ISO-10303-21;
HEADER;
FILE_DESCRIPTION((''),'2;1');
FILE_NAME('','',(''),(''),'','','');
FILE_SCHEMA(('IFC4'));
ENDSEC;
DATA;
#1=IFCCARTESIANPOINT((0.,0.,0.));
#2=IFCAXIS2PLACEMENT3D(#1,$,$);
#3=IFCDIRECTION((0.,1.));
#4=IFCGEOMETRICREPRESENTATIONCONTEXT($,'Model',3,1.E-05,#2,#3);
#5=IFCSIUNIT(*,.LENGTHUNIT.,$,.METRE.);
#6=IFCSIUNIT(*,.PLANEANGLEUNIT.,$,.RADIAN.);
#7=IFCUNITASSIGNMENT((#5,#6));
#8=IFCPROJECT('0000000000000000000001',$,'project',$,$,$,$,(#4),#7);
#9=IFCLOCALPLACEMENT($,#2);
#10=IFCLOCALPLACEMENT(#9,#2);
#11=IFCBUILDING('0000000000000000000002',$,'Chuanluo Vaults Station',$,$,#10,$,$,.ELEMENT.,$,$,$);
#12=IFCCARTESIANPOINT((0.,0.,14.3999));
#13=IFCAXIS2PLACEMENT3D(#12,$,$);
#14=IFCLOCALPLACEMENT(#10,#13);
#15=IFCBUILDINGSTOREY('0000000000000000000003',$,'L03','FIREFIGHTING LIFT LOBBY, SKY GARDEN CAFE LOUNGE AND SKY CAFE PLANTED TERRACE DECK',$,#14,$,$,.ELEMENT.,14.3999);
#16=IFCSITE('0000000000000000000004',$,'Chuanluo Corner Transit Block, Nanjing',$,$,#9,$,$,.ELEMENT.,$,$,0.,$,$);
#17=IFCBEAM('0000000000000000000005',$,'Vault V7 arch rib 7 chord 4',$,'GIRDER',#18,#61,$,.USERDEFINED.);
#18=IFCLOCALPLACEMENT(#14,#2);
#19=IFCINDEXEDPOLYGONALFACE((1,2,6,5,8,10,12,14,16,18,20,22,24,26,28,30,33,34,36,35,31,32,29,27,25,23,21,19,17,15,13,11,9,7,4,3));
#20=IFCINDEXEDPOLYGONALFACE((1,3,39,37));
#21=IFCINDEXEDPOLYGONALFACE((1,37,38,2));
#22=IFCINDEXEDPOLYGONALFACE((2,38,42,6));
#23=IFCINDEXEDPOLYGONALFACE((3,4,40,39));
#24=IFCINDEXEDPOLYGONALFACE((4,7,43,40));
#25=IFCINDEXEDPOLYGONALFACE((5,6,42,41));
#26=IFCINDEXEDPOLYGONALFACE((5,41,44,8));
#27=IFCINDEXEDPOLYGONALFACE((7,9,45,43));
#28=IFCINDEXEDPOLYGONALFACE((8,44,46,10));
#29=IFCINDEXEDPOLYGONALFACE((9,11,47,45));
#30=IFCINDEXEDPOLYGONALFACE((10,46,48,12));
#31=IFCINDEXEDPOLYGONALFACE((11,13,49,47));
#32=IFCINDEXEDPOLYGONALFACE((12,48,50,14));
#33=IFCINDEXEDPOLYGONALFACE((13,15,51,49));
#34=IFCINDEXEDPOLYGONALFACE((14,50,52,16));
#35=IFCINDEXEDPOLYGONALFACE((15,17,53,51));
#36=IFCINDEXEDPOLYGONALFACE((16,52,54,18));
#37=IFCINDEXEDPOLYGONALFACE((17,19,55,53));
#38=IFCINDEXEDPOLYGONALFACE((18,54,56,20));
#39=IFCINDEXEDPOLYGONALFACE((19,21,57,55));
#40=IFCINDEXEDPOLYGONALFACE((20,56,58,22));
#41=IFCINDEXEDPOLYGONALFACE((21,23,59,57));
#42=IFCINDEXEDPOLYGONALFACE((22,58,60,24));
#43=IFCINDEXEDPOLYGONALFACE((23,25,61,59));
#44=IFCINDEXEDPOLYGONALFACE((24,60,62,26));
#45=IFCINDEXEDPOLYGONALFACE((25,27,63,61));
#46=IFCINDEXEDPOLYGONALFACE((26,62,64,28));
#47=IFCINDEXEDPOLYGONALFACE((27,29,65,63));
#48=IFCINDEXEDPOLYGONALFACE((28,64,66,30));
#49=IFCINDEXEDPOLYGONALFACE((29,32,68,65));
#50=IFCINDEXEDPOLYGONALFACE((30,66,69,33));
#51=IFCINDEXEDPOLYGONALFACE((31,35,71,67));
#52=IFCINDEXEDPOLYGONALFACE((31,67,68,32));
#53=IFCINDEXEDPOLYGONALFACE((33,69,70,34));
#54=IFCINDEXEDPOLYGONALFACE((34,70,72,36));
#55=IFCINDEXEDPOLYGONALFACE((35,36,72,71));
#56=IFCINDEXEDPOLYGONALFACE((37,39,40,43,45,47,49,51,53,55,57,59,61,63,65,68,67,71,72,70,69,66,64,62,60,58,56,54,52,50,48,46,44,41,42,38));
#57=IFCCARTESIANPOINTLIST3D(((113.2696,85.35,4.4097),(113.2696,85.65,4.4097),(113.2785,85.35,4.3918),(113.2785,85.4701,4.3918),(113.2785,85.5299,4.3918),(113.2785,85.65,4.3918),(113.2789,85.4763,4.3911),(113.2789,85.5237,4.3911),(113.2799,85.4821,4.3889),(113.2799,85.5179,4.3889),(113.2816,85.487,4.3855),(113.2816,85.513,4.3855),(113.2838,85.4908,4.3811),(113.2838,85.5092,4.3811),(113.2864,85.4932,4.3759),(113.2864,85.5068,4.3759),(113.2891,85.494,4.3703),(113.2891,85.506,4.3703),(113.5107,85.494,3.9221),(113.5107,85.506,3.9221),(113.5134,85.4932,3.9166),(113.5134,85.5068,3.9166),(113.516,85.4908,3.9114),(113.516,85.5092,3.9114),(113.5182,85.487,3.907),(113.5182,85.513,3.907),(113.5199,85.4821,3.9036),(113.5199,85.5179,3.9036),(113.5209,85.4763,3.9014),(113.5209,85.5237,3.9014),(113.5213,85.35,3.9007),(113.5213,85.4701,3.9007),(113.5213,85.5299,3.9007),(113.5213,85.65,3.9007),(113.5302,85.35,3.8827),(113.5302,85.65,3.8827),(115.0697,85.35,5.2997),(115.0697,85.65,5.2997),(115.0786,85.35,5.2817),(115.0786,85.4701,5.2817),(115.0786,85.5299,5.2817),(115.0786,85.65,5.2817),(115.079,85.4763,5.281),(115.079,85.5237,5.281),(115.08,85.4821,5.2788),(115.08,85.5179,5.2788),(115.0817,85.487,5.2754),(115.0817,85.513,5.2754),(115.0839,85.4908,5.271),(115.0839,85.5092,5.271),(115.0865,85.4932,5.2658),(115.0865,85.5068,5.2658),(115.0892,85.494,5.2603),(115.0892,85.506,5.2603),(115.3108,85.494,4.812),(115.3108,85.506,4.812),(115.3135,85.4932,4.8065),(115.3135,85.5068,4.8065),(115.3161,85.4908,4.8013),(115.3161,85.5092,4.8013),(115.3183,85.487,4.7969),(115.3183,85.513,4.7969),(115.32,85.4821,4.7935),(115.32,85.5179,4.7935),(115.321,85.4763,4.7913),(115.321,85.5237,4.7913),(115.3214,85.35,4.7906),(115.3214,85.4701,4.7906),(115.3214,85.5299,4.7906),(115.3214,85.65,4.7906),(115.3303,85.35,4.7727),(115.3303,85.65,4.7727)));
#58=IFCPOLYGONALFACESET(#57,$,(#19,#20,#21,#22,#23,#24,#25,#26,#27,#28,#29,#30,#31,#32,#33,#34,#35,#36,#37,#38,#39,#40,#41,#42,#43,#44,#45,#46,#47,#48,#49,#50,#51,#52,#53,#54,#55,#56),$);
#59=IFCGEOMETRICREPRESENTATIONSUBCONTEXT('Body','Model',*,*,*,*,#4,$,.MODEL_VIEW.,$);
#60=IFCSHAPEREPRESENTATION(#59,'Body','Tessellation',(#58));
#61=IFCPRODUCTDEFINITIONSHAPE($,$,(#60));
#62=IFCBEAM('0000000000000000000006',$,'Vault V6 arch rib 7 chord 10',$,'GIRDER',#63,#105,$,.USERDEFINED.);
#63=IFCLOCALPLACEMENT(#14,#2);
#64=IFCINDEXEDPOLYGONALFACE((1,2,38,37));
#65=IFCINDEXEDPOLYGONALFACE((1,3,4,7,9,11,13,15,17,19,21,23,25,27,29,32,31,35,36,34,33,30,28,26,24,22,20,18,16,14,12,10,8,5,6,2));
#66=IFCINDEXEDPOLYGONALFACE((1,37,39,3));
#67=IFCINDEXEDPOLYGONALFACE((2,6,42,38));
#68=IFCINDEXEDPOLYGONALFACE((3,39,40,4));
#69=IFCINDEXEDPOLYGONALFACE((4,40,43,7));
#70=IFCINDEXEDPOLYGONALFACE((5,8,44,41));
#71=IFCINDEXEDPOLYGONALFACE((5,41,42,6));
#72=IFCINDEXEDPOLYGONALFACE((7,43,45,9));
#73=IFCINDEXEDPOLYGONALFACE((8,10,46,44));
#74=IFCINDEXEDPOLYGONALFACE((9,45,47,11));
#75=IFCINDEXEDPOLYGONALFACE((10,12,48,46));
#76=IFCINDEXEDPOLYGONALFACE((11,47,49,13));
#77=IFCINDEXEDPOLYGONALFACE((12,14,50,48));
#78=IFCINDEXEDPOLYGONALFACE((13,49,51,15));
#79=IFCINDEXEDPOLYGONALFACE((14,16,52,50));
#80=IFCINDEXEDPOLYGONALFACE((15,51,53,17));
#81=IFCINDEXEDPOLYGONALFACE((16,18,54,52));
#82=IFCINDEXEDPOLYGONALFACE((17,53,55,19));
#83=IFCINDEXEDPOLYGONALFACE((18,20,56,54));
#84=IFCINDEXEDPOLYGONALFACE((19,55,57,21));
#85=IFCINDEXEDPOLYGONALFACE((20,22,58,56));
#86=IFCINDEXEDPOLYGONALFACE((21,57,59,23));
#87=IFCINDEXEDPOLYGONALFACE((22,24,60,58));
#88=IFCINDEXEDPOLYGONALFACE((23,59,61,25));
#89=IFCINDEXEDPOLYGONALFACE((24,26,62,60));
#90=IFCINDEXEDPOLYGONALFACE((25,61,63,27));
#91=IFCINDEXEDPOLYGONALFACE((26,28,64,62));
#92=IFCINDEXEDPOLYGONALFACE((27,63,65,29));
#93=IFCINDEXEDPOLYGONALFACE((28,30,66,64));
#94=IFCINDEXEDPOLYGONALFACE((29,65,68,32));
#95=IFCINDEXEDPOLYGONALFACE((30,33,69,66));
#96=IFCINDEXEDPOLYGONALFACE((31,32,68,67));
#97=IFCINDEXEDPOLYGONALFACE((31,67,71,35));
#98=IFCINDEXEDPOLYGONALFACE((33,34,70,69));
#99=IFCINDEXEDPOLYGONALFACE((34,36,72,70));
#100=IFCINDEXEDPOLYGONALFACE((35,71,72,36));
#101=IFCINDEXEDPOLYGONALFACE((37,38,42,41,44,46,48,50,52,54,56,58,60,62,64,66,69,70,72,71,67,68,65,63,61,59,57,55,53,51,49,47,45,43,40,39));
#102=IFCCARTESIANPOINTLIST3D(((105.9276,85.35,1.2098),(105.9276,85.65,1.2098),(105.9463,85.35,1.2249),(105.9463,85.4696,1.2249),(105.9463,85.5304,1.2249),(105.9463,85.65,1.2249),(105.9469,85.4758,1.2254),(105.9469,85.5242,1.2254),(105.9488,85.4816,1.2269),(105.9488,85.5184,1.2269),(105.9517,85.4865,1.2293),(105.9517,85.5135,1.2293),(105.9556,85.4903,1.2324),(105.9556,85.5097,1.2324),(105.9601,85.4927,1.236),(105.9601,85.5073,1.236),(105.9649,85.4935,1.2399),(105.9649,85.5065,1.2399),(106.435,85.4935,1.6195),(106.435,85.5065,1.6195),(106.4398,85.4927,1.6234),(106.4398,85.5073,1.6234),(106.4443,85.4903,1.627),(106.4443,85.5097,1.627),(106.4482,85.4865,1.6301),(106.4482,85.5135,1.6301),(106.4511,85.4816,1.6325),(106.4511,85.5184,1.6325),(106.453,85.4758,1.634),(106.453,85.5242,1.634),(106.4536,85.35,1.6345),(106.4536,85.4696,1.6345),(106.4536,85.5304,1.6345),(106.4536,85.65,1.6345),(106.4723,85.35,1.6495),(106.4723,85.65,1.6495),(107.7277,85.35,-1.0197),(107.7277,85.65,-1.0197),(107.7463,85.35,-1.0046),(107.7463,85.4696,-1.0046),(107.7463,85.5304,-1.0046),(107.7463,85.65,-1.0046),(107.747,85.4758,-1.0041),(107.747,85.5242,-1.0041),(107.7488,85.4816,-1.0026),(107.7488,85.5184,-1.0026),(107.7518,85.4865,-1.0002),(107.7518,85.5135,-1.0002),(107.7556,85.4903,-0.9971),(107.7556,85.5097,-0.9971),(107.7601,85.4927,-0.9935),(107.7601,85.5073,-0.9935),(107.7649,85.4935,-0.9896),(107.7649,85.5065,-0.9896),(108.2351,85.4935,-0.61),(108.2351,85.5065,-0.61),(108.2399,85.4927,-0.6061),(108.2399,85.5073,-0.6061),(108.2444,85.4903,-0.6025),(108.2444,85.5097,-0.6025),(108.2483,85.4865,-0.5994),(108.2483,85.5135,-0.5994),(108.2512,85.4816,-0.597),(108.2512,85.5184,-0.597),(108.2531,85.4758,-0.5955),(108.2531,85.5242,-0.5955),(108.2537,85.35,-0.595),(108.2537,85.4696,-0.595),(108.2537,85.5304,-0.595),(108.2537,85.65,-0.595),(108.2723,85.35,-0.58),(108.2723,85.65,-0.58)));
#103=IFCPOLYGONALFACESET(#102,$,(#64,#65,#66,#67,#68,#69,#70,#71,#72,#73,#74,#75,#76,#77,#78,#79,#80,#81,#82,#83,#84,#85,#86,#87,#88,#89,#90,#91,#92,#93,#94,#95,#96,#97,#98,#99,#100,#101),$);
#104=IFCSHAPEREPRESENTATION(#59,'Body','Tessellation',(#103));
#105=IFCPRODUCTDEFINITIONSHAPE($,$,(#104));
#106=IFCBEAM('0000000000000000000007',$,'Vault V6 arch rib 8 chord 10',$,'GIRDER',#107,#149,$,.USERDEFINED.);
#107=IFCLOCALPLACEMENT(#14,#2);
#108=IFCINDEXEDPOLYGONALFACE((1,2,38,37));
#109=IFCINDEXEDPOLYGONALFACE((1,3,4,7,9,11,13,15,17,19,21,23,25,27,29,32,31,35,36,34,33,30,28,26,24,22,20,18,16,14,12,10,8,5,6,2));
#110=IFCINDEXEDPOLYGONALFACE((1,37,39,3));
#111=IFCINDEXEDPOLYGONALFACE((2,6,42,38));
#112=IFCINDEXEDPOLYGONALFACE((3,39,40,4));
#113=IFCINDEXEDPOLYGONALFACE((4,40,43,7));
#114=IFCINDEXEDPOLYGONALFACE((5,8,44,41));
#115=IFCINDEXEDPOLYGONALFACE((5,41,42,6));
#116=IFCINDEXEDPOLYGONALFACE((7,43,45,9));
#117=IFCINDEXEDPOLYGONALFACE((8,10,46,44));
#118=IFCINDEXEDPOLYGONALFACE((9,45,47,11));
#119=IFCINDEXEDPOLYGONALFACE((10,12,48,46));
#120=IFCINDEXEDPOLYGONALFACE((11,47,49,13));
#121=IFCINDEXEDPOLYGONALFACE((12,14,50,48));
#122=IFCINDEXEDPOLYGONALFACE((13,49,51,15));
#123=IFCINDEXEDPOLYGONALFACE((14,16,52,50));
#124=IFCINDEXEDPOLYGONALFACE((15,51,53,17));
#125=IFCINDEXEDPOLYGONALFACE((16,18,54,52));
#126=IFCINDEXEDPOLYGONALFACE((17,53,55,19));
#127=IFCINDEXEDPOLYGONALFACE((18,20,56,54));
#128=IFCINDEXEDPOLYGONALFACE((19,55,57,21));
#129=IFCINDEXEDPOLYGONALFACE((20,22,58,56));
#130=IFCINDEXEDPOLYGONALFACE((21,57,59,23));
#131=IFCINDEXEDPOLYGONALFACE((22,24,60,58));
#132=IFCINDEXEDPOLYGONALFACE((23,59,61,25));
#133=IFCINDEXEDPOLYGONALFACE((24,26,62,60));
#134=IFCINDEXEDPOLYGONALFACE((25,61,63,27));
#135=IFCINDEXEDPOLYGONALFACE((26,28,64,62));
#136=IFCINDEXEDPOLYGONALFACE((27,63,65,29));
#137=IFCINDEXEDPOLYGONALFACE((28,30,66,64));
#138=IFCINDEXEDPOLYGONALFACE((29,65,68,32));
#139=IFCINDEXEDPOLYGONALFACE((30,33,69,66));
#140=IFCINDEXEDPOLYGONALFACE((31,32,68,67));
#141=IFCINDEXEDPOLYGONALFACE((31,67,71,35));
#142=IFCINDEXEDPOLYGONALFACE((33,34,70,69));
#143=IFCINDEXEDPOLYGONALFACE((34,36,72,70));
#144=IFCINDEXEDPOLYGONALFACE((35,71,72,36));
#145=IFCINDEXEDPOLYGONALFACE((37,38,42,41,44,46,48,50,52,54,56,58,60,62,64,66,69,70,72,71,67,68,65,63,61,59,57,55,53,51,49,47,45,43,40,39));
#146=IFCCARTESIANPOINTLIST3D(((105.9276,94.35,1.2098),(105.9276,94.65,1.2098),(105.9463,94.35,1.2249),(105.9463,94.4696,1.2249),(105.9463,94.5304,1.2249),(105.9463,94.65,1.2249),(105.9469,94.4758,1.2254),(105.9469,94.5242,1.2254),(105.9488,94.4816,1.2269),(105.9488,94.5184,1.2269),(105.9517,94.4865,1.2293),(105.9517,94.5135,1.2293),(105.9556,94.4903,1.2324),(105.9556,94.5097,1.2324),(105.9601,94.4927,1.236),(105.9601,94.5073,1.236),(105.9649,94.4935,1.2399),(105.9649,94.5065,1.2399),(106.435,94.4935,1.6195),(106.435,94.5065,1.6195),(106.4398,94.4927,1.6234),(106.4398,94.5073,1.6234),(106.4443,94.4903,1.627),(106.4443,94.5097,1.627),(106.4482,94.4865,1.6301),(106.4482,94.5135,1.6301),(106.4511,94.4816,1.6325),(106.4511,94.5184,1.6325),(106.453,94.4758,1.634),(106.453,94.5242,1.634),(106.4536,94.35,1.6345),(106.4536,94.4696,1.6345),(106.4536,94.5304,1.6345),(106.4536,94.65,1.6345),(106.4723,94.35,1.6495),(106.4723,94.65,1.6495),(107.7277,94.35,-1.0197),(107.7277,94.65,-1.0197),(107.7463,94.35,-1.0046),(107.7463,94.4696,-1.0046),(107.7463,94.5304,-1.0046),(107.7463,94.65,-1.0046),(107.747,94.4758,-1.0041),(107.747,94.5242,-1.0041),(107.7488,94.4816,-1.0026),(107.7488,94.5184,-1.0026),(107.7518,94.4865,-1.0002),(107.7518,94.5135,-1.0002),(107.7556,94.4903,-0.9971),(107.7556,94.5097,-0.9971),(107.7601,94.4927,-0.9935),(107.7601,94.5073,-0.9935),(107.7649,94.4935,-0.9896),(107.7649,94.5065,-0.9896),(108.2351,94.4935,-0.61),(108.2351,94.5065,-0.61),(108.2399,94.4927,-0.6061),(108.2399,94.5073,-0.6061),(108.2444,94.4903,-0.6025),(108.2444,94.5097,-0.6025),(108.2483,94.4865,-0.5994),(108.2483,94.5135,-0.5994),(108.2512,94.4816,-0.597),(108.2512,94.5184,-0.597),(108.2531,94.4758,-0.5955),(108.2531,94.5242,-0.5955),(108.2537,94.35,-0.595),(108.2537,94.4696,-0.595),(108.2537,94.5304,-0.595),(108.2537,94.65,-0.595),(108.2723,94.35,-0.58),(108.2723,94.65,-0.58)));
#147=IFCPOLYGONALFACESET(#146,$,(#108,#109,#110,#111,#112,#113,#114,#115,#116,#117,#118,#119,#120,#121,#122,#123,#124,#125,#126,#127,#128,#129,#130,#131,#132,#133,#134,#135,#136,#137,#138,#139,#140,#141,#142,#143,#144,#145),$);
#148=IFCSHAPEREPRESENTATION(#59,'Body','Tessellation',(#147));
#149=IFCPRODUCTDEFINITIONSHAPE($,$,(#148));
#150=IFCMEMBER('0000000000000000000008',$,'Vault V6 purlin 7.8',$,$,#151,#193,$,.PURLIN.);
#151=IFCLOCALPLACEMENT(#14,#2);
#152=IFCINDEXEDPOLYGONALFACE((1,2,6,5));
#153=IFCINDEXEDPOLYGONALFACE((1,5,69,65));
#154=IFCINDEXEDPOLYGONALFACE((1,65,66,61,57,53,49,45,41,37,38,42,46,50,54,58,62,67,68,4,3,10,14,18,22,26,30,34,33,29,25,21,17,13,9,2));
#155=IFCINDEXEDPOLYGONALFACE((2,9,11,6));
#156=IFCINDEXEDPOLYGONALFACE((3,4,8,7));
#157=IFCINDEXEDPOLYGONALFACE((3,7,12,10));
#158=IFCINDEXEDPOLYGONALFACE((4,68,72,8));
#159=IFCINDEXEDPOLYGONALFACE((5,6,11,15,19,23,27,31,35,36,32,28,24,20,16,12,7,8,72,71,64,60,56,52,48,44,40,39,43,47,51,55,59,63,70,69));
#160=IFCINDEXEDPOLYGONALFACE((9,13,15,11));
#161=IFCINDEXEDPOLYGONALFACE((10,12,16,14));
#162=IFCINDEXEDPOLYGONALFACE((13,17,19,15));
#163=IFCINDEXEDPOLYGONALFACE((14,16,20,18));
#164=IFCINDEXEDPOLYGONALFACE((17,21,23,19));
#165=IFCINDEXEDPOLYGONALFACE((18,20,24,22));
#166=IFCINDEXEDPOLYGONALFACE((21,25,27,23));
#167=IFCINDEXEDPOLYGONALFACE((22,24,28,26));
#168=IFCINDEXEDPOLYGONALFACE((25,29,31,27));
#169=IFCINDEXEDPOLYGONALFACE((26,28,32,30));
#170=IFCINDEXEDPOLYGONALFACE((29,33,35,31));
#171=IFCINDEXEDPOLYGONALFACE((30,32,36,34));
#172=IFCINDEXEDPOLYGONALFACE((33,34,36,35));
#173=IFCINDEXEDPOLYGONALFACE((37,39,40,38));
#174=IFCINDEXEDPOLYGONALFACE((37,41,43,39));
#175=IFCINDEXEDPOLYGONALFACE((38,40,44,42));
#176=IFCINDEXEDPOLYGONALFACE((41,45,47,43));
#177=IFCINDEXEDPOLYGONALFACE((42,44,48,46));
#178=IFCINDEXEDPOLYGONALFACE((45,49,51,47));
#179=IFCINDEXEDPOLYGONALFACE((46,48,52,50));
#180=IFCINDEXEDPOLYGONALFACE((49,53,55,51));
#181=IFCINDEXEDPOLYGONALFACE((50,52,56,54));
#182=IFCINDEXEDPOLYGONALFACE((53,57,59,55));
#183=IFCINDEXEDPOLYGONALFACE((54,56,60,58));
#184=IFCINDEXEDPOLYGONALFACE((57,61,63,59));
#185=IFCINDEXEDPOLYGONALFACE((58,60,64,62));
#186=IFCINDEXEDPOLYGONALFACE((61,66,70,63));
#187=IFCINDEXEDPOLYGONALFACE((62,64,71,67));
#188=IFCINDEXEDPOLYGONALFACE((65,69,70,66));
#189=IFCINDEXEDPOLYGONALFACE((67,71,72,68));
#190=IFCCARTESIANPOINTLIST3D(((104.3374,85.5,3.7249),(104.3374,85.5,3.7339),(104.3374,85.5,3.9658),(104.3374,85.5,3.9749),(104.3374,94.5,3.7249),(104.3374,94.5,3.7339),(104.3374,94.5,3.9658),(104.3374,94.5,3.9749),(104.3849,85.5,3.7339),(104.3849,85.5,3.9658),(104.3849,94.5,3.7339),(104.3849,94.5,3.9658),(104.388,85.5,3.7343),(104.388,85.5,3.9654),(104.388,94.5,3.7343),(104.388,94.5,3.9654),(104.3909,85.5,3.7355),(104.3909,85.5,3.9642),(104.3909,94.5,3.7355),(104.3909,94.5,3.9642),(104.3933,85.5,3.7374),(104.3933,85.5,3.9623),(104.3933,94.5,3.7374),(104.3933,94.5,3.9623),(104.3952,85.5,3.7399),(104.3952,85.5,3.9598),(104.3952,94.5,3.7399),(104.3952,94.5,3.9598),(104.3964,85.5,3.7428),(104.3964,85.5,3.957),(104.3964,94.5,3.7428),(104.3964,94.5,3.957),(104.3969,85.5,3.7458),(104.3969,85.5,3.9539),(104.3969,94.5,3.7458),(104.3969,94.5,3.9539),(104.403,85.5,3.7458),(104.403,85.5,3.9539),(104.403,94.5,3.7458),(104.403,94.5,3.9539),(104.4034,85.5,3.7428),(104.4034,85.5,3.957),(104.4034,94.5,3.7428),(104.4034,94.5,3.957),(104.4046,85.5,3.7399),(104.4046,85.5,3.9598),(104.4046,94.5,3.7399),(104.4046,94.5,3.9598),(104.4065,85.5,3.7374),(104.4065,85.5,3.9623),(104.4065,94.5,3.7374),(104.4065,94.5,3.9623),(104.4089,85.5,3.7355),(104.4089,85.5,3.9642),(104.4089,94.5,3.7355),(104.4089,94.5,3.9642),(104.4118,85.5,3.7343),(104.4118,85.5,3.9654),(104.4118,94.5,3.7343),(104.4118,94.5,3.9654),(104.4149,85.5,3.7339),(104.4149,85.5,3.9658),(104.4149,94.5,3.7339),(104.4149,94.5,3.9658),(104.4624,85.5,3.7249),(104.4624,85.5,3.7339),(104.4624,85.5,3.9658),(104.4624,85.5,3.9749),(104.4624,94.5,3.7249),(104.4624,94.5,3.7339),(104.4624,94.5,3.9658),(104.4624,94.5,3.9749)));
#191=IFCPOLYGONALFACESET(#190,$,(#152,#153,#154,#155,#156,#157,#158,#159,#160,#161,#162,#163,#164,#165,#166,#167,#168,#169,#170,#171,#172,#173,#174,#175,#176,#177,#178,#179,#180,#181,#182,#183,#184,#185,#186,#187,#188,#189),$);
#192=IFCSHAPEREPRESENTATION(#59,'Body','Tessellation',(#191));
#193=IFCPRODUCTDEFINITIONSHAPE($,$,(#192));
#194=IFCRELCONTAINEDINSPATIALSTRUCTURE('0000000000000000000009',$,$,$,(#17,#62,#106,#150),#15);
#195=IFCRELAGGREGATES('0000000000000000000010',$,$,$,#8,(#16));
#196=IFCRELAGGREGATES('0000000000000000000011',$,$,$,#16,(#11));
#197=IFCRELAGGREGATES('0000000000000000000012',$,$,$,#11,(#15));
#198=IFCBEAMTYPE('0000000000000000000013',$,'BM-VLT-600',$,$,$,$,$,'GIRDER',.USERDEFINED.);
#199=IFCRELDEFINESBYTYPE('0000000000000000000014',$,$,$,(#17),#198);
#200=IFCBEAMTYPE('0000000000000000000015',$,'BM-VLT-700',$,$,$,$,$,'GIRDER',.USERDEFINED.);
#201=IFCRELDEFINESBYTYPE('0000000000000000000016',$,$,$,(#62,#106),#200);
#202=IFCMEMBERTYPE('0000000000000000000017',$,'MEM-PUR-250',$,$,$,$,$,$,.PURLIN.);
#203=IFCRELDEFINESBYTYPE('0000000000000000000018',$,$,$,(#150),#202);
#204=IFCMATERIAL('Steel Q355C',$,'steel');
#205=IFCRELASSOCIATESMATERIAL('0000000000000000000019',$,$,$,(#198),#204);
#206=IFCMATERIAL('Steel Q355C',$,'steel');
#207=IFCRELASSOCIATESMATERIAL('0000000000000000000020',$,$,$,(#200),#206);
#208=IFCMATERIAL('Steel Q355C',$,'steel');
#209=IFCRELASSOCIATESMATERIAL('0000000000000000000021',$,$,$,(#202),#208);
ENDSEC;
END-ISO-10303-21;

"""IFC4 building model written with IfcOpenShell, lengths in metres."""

from ifc_helpers import new_model, si_unit, direction, frame, origin, origin_2d, place, context, subcontext, project, spatial, i_section, extrude, material, material_profile, profile_set, type_object, element, save


model = new_model("IFC4")

# Units and contexts
model_context = context("Model", 3, precision=1e-05, world=origin(), true_north=direction((0.0, 1.0)))
body_context = subcontext(model_context, "Body", "Model", "MODEL_VIEW")
ifc_project = project(units=[si_unit("LENGTHUNIT", "METRE"), si_unit("PLANEANGLEUNIT", "RADIAN")], contexts=[model_context])

# Site, building, storey
site_placement = place(None, origin())
site = spatial("IfcSite", under=ifc_project, at=site_placement, Name="Chuanluo Corner Transit Block, Nanjing", CompositionType="ELEMENT", RefElevation=0.0)
building_placement = place(site_placement, origin())
building = spatial("IfcBuilding", under=site, at=building_placement, Name="Chuanluo Vaults Station", CompositionType="ELEMENT")
storey_placement = place(building_placement, frame((0.0, 0.0, 14.3999)))
storey = spatial("IfcBuildingStorey", under=building, at=storey_placement, Name="L03", Description="FIREFIGHTING LIFT LOBBY, SKY GARDEN CAFE LOUNGE AND SKY CAFE PLANTED TERRACE DECK", CompositionType="ELEMENT", Elevation=14.3999)

# Beams
ifc_material_1 = material(Name="Steel Q355C", Category="steel")
ifc_material_profile_1 = material_profile(ifc_material_1, i_section(OverallWidth=0.3, OverallDepth=0.5879, WebThickness=0.012, FlangeThickness=0.02, FilletRadius=0.0239, at=origin_2d()))
ifc_profile_set_1 = profile_set([ifc_material_profile_1], Name="Steel Q355C")
beam_type_1 = type_object("IfcBeamType", Name="BM-VLT-600", ElementType="GIRDER", PredefinedType="USERDEFINED", material=ifc_profile_set_1)
beam_1_placement = place(storey_placement, frame((113.3999, 85.5, 4.1462), z_axis=(0.896436, 0.0, 0.443172), x_axis=(0.0, 1.0, 0.0)))
element("IfcBeam", 1, at=beam_1_placement, inside=storey, type_object=beam_type_1, Name="Vault V7 arch rib 7 chord 4", ObjectType="GIRDER", PredefinedType="USERDEFINED", context=body_context, shape_type="SweptSolid", body=[
    extrude(i_section(OverallWidth=0.3, OverallDepth=0.5879, WebThickness=0.012, FlangeThickness=0.02, FilletRadius=0.0239, at=origin_2d()), origin(), (0.0, 0.0, 1.0), 2.0081),
])
ifc_material_2 = material(Name="Steel Q355C", Category="steel")
ifc_material_profile_2 = material_profile(ifc_material_2, i_section(OverallWidth=0.3, OverallDepth=0.7, WebThickness=0.0129, FlangeThickness=0.0239, FilletRadius=0.0239, at=origin_2d()))
ifc_profile_set_2 = profile_set([ifc_material_profile_2], Name="Steel Q355C")
beam_type_2 = type_object("IfcBeamType", Name="BM-VLT-700", ElementType="GIRDER", PredefinedType="USERDEFINED", material=ifc_profile_set_2)
for number, where, z_axis, x_axis, name in (
    (2, (106.2, 85.5, 1.4297), (0.62819, 0.0, -0.77806), (0.0, 1.0, 0.0), "Vault V6 arch rib 7 chord 10"),
    (3, (106.2, 94.5, 1.4297), (0.62819, 0.0, -0.77806), (0.0, 1.0, 0.0), "Vault V6 arch rib 8 chord 10"),
):
    element("IfcBeam", number, at=place(storey_placement, frame(where, z_axis=z_axis, x_axis=x_axis)), inside=storey, type_object=beam_type_2, Name=name, ObjectType="GIRDER", PredefinedType="USERDEFINED", context=body_context, shape_type="SweptSolid", body=[
        extrude(i_section(OverallWidth=0.3, OverallDepth=0.7, WebThickness=0.0129, FlangeThickness=0.0239, FilletRadius=0.0239, at=origin_2d()), origin(), (0.0, 0.0, 1.0), 2.8655),
    ])

# Member
ifc_material_3 = material(Name="Steel Q355C", Category="steel")
ifc_material_profile_3 = material_profile(ifc_material_3, i_section(OverallWidth=0.125, OverallDepth=0.25, WebThickness=0.0061, FlangeThickness=0.009, FilletRadius=0.012, at=origin_2d()))
ifc_profile_set_3 = profile_set([ifc_material_profile_3], Name="Steel Q355C")
member_type_1 = type_object("IfcMemberType", Name="MEM-PUR-250", PredefinedType="PURLIN", material=ifc_profile_set_3)
for number, where, z_axis, x_axis, name in (
    (4, (104.3999, 85.5, 3.8499), (0.0, 1.0, 0.0), (-1.0, 0.0, 0.0), "Vault V6 purlin 7.8"),
):
    element("IfcMember", number, at=place(storey_placement, frame(where, z_axis=z_axis, x_axis=x_axis)), inside=storey, type_object=member_type_1, Name=name, PredefinedType="PURLIN", context=body_context, shape_type="SweptSolid", body=[
        extrude(i_section(OverallWidth=0.125, OverallDepth=0.25, WebThickness=0.0061, FlangeThickness=0.009, FilletRadius=0.012, at=origin_2d()), origin(), (0.0, 0.0, 1.0), 9.0),
    ])

save(model, "model.ifc")
